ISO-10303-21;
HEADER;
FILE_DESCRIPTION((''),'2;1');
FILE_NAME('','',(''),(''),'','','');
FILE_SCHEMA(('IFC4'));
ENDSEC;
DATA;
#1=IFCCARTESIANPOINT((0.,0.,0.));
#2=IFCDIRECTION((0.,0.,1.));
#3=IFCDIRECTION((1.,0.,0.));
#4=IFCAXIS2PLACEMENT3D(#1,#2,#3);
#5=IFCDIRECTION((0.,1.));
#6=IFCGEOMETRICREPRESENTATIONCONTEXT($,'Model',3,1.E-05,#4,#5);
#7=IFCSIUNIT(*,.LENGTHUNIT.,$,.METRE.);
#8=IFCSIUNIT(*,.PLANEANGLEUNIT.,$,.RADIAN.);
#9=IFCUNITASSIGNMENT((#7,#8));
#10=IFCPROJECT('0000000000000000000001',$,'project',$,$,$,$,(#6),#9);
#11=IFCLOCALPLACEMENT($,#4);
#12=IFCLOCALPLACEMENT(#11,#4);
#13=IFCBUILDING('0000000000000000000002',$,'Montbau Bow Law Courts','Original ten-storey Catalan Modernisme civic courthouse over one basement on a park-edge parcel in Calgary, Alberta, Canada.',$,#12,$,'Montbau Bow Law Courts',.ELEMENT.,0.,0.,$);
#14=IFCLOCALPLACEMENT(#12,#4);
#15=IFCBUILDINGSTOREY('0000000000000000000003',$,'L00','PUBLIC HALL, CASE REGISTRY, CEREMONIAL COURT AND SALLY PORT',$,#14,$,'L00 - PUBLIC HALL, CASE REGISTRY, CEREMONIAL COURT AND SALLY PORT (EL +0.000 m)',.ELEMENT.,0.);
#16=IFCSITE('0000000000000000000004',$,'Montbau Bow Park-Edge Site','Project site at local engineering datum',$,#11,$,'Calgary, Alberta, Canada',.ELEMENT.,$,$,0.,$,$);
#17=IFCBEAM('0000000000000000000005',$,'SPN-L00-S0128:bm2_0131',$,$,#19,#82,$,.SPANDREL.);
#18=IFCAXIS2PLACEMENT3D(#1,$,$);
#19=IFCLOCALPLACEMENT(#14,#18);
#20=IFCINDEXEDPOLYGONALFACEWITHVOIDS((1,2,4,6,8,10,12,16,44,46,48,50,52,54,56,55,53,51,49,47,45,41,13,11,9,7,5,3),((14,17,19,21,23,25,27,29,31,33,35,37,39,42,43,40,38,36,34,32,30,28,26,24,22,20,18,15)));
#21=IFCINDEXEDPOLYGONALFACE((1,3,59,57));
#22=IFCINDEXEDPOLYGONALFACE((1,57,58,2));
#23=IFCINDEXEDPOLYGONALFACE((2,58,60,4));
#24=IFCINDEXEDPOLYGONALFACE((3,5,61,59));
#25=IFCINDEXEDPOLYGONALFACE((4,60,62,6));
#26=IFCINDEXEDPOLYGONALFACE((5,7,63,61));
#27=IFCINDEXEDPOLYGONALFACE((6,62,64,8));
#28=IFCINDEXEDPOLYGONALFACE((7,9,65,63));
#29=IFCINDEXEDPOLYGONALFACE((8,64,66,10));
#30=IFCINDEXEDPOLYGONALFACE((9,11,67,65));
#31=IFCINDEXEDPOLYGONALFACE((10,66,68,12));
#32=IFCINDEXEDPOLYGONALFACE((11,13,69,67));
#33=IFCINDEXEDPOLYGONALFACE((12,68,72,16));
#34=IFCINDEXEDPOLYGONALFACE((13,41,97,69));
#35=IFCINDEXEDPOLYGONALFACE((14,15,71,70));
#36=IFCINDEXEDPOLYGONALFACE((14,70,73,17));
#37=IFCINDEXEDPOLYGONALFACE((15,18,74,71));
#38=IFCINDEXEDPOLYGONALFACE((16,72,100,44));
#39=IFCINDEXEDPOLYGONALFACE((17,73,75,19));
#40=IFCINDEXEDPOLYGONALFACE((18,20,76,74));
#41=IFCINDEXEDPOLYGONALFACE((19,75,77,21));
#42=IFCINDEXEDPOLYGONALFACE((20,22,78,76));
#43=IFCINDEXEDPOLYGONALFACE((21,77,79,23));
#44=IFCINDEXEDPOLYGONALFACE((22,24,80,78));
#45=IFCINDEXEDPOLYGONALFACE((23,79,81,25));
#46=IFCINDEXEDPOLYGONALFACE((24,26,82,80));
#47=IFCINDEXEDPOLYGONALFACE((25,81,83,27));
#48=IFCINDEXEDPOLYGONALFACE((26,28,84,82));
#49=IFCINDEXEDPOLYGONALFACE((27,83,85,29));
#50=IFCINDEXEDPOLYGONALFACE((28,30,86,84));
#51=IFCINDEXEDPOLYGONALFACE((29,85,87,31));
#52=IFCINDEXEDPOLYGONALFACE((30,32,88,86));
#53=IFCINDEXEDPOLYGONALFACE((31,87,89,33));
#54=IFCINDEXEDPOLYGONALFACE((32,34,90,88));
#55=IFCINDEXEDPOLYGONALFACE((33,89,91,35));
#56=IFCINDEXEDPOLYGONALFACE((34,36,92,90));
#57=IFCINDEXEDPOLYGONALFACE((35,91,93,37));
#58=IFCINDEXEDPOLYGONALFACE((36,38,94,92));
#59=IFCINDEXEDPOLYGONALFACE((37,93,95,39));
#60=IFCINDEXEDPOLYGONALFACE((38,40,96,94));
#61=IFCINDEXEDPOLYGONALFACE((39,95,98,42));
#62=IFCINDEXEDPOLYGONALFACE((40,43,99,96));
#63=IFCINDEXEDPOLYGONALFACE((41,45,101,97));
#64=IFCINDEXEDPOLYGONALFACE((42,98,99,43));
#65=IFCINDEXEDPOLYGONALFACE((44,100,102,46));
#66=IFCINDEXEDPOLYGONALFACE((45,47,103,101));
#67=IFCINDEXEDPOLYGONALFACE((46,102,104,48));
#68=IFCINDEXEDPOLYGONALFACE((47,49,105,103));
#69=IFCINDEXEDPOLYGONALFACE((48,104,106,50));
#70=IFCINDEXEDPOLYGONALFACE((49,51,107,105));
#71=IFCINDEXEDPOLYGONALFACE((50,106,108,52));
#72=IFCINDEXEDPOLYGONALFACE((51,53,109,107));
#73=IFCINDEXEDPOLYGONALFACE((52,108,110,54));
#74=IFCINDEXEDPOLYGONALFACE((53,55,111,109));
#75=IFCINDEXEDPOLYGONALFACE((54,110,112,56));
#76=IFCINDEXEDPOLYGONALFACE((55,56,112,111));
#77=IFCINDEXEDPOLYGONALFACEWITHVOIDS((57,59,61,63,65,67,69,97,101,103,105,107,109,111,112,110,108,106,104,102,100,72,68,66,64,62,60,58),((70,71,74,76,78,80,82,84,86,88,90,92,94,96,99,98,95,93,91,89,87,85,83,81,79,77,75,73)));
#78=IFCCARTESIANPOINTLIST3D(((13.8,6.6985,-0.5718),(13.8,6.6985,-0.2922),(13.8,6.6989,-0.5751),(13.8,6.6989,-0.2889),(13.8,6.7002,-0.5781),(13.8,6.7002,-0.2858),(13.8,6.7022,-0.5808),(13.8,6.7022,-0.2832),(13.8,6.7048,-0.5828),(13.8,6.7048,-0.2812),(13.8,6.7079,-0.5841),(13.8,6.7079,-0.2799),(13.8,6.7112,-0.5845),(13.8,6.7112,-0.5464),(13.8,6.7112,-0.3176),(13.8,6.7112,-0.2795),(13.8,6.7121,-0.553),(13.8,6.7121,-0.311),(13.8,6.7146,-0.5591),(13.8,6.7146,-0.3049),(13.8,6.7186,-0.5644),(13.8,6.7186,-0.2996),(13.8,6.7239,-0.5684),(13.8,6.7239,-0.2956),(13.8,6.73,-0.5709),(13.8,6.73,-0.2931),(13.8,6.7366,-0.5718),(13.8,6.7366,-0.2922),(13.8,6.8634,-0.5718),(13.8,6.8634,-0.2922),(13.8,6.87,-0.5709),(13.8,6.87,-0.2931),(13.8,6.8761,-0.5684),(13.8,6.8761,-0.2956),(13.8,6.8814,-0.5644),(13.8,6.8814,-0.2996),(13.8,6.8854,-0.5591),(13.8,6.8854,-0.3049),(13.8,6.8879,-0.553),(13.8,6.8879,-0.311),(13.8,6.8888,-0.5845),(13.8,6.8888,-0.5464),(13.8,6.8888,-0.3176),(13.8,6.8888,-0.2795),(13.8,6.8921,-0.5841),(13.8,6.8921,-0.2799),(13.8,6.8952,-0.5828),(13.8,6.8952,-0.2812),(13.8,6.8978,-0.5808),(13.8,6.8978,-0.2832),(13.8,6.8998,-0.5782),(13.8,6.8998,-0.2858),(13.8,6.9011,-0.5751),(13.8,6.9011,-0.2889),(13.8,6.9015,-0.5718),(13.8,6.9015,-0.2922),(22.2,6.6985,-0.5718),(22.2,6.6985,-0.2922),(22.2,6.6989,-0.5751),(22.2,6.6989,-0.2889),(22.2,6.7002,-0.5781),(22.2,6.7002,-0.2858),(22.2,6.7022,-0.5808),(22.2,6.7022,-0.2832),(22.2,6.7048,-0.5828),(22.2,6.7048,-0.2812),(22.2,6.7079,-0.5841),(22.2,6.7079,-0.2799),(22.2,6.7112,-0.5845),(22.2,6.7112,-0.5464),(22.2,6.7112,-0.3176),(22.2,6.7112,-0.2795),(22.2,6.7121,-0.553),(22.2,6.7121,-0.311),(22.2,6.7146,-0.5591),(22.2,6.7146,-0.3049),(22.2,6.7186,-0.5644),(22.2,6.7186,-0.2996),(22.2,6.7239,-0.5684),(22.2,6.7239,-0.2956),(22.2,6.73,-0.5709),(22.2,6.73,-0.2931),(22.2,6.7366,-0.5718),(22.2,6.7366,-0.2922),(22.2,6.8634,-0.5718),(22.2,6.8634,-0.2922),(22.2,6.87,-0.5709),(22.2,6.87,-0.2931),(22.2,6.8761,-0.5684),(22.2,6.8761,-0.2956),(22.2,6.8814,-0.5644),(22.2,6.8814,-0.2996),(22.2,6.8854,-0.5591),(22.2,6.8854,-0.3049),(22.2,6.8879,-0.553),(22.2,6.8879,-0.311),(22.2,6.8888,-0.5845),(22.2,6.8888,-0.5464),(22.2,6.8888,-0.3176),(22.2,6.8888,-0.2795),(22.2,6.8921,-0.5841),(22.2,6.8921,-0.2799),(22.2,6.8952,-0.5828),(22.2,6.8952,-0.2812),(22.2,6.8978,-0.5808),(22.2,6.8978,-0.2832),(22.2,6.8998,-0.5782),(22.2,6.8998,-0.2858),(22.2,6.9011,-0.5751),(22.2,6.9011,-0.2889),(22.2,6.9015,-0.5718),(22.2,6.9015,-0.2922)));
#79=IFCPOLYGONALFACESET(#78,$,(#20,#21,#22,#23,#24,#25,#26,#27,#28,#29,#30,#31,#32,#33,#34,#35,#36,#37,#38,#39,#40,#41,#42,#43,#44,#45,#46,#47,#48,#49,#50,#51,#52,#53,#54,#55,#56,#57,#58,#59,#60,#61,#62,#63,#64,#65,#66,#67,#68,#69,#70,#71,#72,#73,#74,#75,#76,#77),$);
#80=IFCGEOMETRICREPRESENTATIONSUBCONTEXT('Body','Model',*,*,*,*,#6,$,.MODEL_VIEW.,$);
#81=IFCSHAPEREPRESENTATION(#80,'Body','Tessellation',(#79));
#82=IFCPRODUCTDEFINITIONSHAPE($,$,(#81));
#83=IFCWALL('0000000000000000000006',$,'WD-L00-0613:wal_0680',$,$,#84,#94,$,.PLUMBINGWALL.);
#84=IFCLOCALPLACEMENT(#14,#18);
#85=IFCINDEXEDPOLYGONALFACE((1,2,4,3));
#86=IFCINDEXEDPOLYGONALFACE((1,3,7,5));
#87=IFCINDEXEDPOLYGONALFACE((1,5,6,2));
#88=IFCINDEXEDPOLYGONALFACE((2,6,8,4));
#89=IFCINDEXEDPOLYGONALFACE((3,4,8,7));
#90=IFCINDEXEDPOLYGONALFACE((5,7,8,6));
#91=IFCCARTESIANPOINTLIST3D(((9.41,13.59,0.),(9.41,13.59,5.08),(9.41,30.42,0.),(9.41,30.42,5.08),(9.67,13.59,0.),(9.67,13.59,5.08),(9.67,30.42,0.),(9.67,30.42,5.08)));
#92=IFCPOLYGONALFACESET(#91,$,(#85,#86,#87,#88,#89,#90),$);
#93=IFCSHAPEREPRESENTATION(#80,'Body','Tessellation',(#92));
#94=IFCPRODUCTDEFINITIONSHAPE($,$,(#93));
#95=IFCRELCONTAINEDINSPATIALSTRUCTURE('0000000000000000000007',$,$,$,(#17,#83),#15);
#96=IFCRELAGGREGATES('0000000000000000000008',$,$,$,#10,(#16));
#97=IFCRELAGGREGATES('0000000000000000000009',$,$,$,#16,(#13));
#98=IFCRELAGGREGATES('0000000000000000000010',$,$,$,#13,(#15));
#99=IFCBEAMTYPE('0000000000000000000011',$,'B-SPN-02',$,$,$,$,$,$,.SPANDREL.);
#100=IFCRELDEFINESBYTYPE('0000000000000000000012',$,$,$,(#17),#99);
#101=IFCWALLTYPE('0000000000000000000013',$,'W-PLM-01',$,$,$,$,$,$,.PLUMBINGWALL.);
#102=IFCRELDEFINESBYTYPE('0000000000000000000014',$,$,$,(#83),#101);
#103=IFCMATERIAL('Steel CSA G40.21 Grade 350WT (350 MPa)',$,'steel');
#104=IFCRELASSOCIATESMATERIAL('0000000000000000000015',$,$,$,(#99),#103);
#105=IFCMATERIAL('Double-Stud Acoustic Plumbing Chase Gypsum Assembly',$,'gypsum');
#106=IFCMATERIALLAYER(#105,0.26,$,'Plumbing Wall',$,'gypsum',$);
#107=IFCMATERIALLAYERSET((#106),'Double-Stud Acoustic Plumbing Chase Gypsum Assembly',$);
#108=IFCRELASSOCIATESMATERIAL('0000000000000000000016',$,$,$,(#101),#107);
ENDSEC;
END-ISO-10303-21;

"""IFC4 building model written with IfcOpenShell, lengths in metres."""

from ifc_helpers import new_model, si_unit, direction, frame, frame_2d, origin_with_axes, origin_2d_with_axis, place, context, subcontext, project, spatial, rectangle, hollow_rectangle, extrude, material, layer, layer_set, material_profile, profile_set, type_object, element, save


model = new_model("IFC4")

# Units and contexts
model_context = context("Model", 3, precision=1e-05, world=origin_with_axes(), true_north=direction((0.0, 1.0)))
body_context = subcontext(model_context, "Body", "Model", "MODEL_VIEW")
ifc_project = project(units=[si_unit("LENGTHUNIT", "METRE"), si_unit("PLANEANGLEUNIT", "RADIAN")], contexts=[model_context])

# Site, building, storey
site_placement = place(None, origin_with_axes())
site = spatial("IfcSite", under=ifc_project, at=site_placement, Name="Montbau Bow Park-Edge Site", Description="Project site at local engineering datum", LongName="Calgary, Alberta, Canada", CompositionType="ELEMENT", RefElevation=0.0)
building_placement = place(site_placement, origin_with_axes())
building = spatial("IfcBuilding", under=site, at=building_placement, Name="Montbau Bow Law Courts", Description="Original ten-storey Catalan Modernisme civic courthouse over one basement on a park-edge parcel in Calgary, Alberta, Canada.", LongName="Montbau Bow Law Courts", CompositionType="ELEMENT", ElevationOfRefHeight=0.0, ElevationOfTerrain=0.0)
storey_placement = place(building_placement, origin_with_axes())
storey = spatial("IfcBuildingStorey", under=building, at=storey_placement, Name="L00", Description="PUBLIC HALL, CASE REGISTRY, CEREMONIAL COURT AND SALLY PORT", LongName="L00 - PUBLIC HALL, CASE REGISTRY, CEREMONIAL COURT AND SALLY PORT (EL +0.000 m)", CompositionType="ELEMENT", Elevation=0.0)

# Beam
ifc_material_1 = material(Name="Steel CSA G40.21 Grade 350WT (350 MPa)", Category="steel")
ifc_material_profile_1 = material_profile(ifc_material_1, hollow_rectangle(XDim=0.203, YDim=0.305, WallThickness=0.0127, InnerFilletRadius=0.0254, OuterFilletRadius=0.0127, at=origin_2d_with_axis()), Name="HSS305X203X13", Category="Main", Priority=0)
ifc_profile_set_1 = profile_set([ifc_material_profile_1], Name="Steel CSA G40.21 Grade 350WT (350 MPa)")
beam_type_1 = type_object("IfcBeamType", Name="B-SPN-02", PredefinedType="SPANDREL", material=ifc_profile_set_1)
beam_1_placement = place(None, frame((13.8, 6.8, -0.432), z_axis=(1.0, 0.0, 0.0), x_axis=(0.0, 1.0, 0.0)))
element("IfcBeam", 1, at=beam_1_placement, inside=storey, type_object=beam_type_1, Name="SPN-L00-S0128:bm2_0131", PredefinedType="SPANDREL", context=body_context, shape_type="SweptSolid", body=[
    extrude(hollow_rectangle(XDim=0.203, YDim=0.305, WallThickness=0.0127, InnerFilletRadius=0.0254, OuterFilletRadius=0.0127, at=origin_2d_with_axis()), origin_with_axes(), (0.0, 0.0, 1.0), 8.4),
])

# Wall
ifc_material_2 = material(Name="Double-Stud Acoustic Plumbing Chase Gypsum Assembly", Category="gypsum")
ifc_layer = layer(ifc_material_2, 0.26, Name="Plumbing Wall", Category="gypsum")
ifc_layer_set = layer_set([ifc_layer], Name="Double-Stud Acoustic Plumbing Chase Gypsum Assembly")
wall_type = type_object("IfcWallType", Name="W-PLM-01", PredefinedType="PLUMBINGWALL", material=ifc_layer_set)
wall_placement = place(None, frame((9.54, 13.59, 0.0), z_axis=(0.0, 0.0, 1.0), x_axis=(0.0, 1.0, 0.0)))
element("IfcWall", 2, at=wall_placement, inside=storey, type_object=wall_type, Name="WD-L00-0613:wal_0680", PredefinedType="PLUMBINGWALL", context=body_context, shape_type="SweptSolid", body=[
    extrude(rectangle(XDim=16.83, YDim=0.26, at=frame_2d((8.415, 0.0), x_axis=(1.0, 0.0))), origin_with_axes(), (0.0, 0.0, 1.0), 5.08),
])

save(model, "model.ifc")
